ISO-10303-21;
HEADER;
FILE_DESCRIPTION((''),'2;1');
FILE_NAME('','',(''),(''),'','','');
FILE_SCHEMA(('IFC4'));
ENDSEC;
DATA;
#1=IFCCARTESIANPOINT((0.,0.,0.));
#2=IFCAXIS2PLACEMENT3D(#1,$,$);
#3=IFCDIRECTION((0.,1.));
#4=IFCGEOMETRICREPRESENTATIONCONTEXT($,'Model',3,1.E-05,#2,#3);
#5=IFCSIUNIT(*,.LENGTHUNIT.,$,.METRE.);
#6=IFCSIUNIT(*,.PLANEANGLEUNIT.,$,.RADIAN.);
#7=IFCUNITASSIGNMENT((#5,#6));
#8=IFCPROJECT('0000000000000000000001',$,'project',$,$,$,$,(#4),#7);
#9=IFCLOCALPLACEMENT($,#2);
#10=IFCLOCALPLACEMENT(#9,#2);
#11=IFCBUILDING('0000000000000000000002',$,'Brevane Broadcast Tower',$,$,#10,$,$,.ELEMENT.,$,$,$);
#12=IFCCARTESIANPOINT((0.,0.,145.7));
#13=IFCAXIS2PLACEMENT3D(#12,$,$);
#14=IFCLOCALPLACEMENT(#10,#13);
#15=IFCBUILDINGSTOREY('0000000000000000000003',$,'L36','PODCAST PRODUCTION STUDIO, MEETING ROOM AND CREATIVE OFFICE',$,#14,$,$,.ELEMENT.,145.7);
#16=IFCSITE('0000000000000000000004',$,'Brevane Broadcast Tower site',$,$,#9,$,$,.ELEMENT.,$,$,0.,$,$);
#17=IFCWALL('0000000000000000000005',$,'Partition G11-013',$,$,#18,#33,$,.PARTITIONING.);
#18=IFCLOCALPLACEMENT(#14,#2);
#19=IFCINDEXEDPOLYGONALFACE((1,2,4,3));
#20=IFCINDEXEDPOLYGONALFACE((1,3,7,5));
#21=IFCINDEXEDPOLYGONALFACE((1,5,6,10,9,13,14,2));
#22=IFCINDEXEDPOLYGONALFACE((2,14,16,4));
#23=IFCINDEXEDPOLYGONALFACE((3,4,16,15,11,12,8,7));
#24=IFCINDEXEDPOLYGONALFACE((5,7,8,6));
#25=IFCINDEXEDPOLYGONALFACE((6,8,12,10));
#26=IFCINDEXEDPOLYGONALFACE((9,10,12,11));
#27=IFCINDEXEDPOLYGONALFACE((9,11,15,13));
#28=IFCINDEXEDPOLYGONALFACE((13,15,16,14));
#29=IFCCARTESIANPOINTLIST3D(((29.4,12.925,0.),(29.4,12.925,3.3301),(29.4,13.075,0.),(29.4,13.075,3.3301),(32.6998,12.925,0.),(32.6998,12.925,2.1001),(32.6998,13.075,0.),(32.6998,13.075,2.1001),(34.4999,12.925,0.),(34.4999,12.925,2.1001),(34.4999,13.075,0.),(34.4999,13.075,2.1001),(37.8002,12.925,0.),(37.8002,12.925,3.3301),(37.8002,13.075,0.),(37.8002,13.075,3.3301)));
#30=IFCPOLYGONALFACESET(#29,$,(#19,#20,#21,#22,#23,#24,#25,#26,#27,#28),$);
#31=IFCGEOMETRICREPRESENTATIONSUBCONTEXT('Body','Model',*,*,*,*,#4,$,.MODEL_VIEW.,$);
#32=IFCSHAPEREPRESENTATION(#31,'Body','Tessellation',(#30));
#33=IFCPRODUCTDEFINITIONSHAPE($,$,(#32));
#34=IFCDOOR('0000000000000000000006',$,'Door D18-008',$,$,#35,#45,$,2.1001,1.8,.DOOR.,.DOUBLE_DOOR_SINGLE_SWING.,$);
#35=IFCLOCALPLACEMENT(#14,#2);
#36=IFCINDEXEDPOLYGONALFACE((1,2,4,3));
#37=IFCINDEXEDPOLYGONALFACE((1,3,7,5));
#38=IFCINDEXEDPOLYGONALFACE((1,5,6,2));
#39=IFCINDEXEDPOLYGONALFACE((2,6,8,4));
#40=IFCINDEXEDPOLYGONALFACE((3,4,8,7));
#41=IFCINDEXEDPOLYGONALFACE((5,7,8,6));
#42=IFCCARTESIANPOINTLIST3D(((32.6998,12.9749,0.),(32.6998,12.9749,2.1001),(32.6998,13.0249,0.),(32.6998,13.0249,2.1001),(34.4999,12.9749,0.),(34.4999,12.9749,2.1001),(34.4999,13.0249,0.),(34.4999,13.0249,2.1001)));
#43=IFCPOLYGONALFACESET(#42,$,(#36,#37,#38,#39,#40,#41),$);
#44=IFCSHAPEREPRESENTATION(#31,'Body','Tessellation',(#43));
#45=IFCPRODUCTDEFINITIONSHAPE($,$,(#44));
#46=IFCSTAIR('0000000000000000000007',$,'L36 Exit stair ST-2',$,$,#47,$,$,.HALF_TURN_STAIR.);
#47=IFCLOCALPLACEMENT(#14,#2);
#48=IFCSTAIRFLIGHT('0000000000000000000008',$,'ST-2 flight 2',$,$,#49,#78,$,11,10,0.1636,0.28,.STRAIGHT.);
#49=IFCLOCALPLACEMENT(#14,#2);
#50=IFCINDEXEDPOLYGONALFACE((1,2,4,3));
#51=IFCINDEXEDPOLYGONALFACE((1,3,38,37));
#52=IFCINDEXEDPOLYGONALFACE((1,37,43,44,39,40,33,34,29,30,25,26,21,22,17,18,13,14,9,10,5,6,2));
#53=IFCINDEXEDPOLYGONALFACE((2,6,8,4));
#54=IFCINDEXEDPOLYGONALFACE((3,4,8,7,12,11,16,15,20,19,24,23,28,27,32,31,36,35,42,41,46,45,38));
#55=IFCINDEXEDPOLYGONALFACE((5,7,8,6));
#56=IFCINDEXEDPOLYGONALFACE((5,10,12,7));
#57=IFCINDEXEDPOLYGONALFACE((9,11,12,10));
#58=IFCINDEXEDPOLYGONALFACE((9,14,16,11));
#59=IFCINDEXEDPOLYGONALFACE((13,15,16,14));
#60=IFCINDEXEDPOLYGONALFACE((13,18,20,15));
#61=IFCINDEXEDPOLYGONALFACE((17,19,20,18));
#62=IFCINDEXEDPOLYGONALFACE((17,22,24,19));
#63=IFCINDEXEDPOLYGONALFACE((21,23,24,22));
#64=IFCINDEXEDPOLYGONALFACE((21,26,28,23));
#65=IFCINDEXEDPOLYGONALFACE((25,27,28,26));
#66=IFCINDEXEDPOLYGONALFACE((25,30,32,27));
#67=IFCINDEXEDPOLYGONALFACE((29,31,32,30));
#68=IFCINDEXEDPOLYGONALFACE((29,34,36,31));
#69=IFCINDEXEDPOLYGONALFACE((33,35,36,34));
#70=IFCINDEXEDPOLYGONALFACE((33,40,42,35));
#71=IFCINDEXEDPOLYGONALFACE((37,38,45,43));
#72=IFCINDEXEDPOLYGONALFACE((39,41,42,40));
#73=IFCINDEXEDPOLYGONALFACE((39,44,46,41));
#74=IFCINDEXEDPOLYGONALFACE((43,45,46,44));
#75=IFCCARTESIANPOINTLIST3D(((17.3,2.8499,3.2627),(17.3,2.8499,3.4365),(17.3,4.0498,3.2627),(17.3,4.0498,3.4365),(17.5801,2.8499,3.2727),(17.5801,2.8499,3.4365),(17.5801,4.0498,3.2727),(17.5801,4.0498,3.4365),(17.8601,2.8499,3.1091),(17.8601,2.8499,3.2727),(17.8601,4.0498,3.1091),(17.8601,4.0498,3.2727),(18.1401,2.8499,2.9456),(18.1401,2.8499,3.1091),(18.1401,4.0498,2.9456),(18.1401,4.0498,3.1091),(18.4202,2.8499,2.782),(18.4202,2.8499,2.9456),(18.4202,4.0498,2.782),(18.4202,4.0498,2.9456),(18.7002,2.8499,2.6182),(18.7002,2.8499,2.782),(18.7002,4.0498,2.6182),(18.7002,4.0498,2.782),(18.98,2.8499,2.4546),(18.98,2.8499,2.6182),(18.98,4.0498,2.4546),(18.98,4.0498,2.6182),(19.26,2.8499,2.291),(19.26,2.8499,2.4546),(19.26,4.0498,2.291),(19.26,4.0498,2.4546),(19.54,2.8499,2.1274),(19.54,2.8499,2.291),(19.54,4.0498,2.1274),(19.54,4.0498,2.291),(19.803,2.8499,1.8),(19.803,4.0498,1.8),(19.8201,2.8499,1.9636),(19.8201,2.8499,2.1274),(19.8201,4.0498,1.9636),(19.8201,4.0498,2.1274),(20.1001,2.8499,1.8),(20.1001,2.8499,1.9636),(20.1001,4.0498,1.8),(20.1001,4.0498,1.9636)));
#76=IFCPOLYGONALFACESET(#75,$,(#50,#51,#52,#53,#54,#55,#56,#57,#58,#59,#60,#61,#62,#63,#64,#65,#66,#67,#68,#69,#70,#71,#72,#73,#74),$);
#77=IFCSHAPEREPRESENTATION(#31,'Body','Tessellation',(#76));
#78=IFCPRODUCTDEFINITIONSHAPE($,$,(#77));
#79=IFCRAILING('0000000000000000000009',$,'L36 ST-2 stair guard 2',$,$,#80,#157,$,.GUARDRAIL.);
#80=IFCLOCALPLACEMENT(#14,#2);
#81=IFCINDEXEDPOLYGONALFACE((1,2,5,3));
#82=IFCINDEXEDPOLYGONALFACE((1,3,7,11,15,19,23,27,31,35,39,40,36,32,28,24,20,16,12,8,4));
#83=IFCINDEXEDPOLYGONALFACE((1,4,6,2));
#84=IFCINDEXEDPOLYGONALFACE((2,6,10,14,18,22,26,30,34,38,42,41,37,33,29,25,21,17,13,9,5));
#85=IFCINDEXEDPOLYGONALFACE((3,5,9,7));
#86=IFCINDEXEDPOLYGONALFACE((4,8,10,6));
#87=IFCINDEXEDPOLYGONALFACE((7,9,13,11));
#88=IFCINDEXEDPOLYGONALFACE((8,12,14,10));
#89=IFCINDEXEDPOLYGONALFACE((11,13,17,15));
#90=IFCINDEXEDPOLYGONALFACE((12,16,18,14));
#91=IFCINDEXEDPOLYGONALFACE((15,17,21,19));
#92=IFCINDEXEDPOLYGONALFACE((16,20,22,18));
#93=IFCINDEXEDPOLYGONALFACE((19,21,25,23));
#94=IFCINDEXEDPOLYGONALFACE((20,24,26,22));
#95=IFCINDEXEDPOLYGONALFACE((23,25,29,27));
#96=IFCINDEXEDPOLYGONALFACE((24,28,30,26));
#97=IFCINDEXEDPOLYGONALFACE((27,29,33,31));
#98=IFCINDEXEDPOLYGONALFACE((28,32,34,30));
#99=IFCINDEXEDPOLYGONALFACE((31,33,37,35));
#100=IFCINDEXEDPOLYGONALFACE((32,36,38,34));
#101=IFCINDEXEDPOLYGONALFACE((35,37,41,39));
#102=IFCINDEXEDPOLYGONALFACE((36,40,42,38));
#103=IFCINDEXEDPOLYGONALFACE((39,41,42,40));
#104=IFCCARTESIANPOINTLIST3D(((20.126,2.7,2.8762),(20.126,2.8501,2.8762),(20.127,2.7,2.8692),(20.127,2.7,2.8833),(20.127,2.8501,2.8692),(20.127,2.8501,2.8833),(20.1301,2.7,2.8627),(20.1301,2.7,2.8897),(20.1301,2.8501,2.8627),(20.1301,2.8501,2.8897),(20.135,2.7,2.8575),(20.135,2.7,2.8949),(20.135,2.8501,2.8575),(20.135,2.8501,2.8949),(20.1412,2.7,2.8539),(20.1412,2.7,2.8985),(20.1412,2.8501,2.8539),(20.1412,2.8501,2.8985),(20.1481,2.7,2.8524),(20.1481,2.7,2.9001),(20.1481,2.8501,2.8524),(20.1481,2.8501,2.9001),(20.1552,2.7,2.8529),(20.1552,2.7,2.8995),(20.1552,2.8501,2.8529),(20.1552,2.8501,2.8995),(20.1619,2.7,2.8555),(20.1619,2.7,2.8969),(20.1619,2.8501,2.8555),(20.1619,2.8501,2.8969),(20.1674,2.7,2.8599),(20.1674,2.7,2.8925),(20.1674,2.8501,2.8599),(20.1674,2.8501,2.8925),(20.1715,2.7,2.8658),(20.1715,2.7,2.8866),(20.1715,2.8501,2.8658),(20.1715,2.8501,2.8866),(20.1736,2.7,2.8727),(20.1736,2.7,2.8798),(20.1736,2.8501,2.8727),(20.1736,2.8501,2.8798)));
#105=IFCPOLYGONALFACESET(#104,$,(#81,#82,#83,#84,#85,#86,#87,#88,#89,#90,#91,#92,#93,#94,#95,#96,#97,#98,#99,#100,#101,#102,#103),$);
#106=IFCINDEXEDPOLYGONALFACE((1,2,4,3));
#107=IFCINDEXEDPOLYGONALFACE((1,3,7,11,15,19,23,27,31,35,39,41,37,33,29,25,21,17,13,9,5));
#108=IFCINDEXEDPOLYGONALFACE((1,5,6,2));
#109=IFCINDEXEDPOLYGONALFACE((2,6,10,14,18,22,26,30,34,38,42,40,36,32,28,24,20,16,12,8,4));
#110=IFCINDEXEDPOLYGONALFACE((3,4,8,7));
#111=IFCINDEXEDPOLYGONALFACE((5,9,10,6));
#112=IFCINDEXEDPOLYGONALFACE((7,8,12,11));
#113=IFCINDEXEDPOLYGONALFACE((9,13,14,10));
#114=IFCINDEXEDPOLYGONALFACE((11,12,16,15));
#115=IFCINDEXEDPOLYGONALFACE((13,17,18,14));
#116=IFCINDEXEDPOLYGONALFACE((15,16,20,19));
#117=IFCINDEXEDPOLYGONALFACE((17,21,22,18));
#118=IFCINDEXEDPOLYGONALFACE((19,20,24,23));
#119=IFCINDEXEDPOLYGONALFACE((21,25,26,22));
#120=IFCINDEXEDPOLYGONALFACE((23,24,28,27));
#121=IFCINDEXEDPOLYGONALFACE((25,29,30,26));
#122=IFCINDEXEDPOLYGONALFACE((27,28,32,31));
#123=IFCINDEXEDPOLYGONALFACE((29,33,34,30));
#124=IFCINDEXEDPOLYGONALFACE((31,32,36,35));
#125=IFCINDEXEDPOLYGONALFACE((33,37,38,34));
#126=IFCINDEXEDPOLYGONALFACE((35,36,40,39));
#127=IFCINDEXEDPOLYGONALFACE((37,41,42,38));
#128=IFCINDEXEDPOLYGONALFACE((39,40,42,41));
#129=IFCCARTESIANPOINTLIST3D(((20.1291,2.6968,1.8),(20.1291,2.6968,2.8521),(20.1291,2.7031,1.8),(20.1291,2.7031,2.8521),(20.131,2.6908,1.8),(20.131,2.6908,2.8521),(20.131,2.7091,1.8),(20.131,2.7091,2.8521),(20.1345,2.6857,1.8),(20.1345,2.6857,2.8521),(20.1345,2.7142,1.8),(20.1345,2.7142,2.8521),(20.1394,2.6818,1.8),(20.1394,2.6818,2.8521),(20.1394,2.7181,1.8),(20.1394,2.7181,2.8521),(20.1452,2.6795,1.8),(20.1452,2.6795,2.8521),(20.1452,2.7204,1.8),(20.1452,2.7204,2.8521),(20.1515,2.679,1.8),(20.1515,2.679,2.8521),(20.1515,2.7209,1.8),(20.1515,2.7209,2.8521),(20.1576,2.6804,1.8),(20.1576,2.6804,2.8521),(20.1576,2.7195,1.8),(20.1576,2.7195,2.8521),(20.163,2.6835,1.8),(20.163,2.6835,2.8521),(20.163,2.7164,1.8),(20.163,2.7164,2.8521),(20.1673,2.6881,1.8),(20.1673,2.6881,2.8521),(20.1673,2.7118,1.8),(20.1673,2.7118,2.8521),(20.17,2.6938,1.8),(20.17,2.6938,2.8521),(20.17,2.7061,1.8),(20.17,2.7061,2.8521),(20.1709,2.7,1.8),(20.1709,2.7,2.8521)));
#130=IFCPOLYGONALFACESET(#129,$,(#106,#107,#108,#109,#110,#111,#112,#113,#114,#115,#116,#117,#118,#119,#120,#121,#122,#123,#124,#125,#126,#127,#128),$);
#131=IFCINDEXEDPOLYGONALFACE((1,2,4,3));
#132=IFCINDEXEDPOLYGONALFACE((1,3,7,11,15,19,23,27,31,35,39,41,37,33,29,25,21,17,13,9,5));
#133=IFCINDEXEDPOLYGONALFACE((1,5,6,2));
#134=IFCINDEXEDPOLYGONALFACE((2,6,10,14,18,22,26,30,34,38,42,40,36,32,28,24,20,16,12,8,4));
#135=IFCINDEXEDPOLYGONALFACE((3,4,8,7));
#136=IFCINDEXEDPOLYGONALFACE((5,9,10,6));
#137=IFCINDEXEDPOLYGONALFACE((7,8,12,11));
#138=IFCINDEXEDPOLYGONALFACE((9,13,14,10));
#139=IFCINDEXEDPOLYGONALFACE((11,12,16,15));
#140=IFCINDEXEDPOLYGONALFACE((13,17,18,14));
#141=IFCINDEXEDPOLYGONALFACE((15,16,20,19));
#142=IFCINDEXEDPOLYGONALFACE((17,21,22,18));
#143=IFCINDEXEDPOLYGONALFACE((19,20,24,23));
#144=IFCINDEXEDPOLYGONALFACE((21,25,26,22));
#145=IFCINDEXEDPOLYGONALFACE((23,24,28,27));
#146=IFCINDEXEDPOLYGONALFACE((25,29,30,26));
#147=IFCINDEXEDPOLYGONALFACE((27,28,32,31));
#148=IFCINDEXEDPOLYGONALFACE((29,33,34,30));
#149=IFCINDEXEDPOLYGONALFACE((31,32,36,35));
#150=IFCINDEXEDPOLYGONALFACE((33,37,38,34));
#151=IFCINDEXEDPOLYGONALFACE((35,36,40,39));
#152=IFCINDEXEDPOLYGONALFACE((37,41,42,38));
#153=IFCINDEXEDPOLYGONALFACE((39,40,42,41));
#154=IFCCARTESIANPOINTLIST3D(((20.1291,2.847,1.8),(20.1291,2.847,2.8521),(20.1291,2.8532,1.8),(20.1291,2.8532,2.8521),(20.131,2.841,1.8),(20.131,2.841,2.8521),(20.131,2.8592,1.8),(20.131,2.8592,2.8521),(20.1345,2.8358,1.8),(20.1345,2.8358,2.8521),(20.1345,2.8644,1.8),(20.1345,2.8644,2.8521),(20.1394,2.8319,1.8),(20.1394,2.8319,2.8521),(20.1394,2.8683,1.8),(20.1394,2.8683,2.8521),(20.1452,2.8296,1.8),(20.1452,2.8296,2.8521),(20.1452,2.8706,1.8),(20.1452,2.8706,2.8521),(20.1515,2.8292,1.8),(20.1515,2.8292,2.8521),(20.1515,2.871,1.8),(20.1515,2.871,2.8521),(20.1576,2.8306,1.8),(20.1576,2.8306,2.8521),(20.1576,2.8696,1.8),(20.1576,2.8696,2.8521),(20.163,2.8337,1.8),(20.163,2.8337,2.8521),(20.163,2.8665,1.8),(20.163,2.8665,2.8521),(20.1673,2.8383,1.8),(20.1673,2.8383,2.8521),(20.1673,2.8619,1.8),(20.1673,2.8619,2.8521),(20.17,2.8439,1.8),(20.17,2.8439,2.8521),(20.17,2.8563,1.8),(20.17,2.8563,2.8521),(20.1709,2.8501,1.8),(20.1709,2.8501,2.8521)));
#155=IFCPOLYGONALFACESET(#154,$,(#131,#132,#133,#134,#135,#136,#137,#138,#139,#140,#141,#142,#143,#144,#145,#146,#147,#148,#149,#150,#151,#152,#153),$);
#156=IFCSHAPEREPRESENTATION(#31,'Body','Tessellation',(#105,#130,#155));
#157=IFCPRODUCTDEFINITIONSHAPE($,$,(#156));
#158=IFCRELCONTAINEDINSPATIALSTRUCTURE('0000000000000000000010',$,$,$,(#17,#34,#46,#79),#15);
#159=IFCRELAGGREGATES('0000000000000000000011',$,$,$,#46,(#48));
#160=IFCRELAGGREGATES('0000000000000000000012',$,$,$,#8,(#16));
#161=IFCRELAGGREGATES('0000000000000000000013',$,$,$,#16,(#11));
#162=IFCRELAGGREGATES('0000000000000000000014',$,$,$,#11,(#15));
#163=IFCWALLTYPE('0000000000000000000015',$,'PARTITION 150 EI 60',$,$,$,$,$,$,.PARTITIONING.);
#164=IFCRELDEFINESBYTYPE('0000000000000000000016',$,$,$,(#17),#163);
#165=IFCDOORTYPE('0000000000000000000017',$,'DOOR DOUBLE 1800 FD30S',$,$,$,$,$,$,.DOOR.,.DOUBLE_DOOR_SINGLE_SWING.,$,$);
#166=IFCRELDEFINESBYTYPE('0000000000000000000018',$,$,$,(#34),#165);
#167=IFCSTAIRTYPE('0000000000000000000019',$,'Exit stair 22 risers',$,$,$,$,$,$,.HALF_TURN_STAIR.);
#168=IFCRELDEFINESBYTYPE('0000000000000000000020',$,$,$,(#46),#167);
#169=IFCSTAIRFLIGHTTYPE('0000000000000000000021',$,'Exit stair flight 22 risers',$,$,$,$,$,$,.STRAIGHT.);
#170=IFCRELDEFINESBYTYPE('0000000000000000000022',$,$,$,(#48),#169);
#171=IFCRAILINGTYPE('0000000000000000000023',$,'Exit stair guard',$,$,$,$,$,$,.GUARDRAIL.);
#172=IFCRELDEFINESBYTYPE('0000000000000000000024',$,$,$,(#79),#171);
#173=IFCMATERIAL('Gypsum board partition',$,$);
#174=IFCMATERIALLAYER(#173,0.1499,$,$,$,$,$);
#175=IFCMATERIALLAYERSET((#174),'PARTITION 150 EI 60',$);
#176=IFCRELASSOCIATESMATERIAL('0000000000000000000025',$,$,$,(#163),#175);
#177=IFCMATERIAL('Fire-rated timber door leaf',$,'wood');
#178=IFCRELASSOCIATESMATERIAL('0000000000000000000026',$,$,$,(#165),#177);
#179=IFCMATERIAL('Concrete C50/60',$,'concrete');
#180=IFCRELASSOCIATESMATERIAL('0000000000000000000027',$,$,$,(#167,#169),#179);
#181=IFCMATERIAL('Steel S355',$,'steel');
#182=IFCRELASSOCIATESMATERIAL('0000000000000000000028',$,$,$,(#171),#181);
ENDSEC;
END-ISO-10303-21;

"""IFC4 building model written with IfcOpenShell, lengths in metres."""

from ifc_helpers import new_model, si_unit, direction, frame, frame_2d, origin, origin_2d, place, context, subcontext, project, spatial, polyline, rectangle, circle, outline, extrude, material, layer, layer_set, type_object, element, fill, aggregate, save


model = new_model("IFC4")

# Units and contexts
model_context = context("Model", 3, precision=1e-05, world=origin(), true_north=direction((0.0, 1.0)))
body_context = subcontext(model_context, "Body", "Model", "MODEL_VIEW")
ifc_project = project(units=[si_unit("LENGTHUNIT", "METRE"), si_unit("PLANEANGLEUNIT", "RADIAN")], contexts=[model_context])

# Site, building, storey
site_placement = place(None, origin())
site = spatial("IfcSite", under=ifc_project, at=site_placement, Name="Brevane Broadcast Tower site", CompositionType="ELEMENT", RefElevation=0.0)
building_placement = place(site_placement, origin())
building = spatial("IfcBuilding", under=site, at=building_placement, Name="Brevane Broadcast Tower", CompositionType="ELEMENT")
storey_placement = place(building_placement, frame((0.0, 0.0, 145.7)))
storey = spatial("IfcBuildingStorey", under=building, at=storey_placement, Name="L36", Description="PODCAST PRODUCTION STUDIO, MEETING ROOM AND CREATIVE OFFICE", CompositionType="ELEMENT", Elevation=145.7)

# Shared definitions
ifc_material_1 = material(Name="Gypsum board partition")
ifc_layer_1 = layer(ifc_material_1, 0.1499)
ifc_layer_set_1 = layer_set([ifc_layer_1], Name="PARTITION 150 EI 60")
wall_type_1 = type_object("IfcWallType", Name="PARTITION 150 EI 60", PredefinedType="PARTITIONING", material=ifc_layer_set_1)

# Wall, opening, door
wall_1_placement = place(storey_placement, frame((29.3999, 13.0, 0.0), z_axis=(0.0, 0.0, 1.0), x_axis=(1.0, 0.0, 0.0)))
wall_1 = element("IfcWall", 1, at=wall_1_placement, inside=storey, type_object=wall_type_1, Name="Partition G11-013", PredefinedType="PARTITIONING", context=body_context, shape_type="SweptSolid", body=[
    extrude(rectangle(XDim=8.4001, YDim=0.1499, at=frame_2d((4.2002, 0.0))), origin(), (0.0, 0.0, 1.0), 3.3301),
])
opening_1_placement = place(wall_1_placement, frame((3.3, 0.0, 0.0)))
opening_1 = element("IfcOpeningElement", 2, at=opening_1_placement, cuts=wall_1, PredefinedType="OPENING", context=body_context, shape_type="SweptSolid", body=[
    extrude(rectangle(XDim=1.8, YDim=2.1001, at=frame_2d((0.8999, 1.05))), frame((0.0, 0.085, 0.0), z_axis=(0.0, -1.0, 0.0), x_axis=(1.0, 0.0, 0.0)), (0.0, 0.0, 1.0), 0.1699),
])
ifc_material_2 = material(Name="Fire-rated timber door leaf", Category="wood")
door_type_1 = type_object("IfcDoorType", Name="DOOR DOUBLE 1800 FD30S", OperationType="DOUBLE_DOOR_SINGLE_SWING", PredefinedType="DOOR", material=ifc_material_2)
door_1_placement = place(opening_1_placement, origin())
door_1 = element("IfcDoor", 3, at=door_1_placement, inside=storey, type_object=door_type_1, Name="Door D18-008", OperationType="DOUBLE_DOOR_SINGLE_SWING", OverallHeight=2.1001, OverallWidth=1.8, PredefinedType="DOOR", context=body_context, shape_type="SweptSolid", body=[
    extrude(rectangle(XDim=1.8, YDim=2.1001, at=frame_2d((0.8999, 1.05))), frame((0.0, 0.0249, 0.0), z_axis=(0.0, -1.0, 0.0), x_axis=(1.0, 0.0, 0.0)), (0.0, 0.0, 1.0), 0.05),
])
fill(opening_1, door_1)

# Stair, stair flight
ifc_material_3 = material(Name="Concrete C50/60", Category="concrete")
stair_type = type_object("IfcStairType", Name="Exit stair 22 risers", PredefinedType="HALF_TURN_STAIR", material=ifc_material_3)
stair_placement = place(storey_placement, origin())
stair = element("IfcStair", 4, at=stair_placement, inside=storey, type_object=stair_type, Name="L36 Exit stair ST-2", PredefinedType="HALF_TURN_STAIR")
stair_flight_type = type_object("IfcStairFlightType", Name="Exit stair flight 22 risers", PredefinedType="STRAIGHT", material=ifc_material_3)
stair_flight_placement = place(storey_placement, frame((20.1001, 3.45, 1.8), z_axis=(0.0, 0.0, 1.0), x_axis=(-1.0, 0.0, 0.0)))
stair_flight = element("IfcStairFlight", 5, at=stair_flight_placement, type_object=stair_flight_type, Name="ST-2 flight 2", NumberOfRisers=11, NumberOfTreads=10, PredefinedType="STRAIGHT", RiserHeight=0.1636, TreadLength=0.28, context=body_context, shape_type="SweptSolid", body=[
    extrude(outline(polyline([(0.0, 0.0), (0.0, 0.1636), (0.28, 0.1636), (0.28, 0.3274), (0.5601, 0.3274), (0.5601, 0.491), (0.8401, 0.491), (0.8401, 0.6545), (1.1201, 0.6545), (1.1201, 0.8181), (1.3999, 0.8181), (1.3999, 0.9819), (1.6799, 0.9819), (1.6799, 1.1455), (1.96, 1.1455), (1.96, 1.3091), (2.24, 1.3091), (2.24, 1.4727), (2.52, 1.4727), (2.52, 1.6365), (2.8, 1.6365), (2.8, 1.8), (2.8, 1.4626), (0.2971, 0.0), (0.0, 0.0)])), frame((0.0, 0.6001, 0.0), z_axis=(0.0, -1.0, 0.0), x_axis=(1.0, 0.0, 0.0)), (0.0, 0.0, 1.0), 1.2),
])
aggregate(stair, [stair_flight])

# Railing
ifc_material_4 = material(Name="Steel S355", Category="steel")
railing_type_1 = type_object("IfcRailingType", Name="Exit stair guard", PredefinedType="GUARDRAIL", material=ifc_material_4)
railing_1_placement = place(storey_placement, frame((20.1499, 2.7, 1.8)))
element("IfcRailing", 6, at=railing_1_placement, inside=storey, type_object=railing_type_1, Name="L36 ST-2 stair guard 2", PredefinedType="GUARDRAIL", context=body_context, shape_type="SweptSolid", body=[
    extrude(circle(Radius=0.0239, at=origin_2d()), frame((0.0, 0.0, 1.0762), z_axis=(0.0, 1.0, 0.0), x_axis=(-1.0, 0.0, 0.0)), (0.0, 0.0, 1.0), 0.1501),
    extrude(circle(Radius=0.021, at=origin_2d()), origin(), (0.0, 0.0, 1.0), 1.052),
    extrude(circle(Radius=0.021, at=origin_2d()), frame((0.0, 0.1501, 0.0)), (0.0, 0.0, 1.0), 1.052),
])

save(model, "model.ifc")
